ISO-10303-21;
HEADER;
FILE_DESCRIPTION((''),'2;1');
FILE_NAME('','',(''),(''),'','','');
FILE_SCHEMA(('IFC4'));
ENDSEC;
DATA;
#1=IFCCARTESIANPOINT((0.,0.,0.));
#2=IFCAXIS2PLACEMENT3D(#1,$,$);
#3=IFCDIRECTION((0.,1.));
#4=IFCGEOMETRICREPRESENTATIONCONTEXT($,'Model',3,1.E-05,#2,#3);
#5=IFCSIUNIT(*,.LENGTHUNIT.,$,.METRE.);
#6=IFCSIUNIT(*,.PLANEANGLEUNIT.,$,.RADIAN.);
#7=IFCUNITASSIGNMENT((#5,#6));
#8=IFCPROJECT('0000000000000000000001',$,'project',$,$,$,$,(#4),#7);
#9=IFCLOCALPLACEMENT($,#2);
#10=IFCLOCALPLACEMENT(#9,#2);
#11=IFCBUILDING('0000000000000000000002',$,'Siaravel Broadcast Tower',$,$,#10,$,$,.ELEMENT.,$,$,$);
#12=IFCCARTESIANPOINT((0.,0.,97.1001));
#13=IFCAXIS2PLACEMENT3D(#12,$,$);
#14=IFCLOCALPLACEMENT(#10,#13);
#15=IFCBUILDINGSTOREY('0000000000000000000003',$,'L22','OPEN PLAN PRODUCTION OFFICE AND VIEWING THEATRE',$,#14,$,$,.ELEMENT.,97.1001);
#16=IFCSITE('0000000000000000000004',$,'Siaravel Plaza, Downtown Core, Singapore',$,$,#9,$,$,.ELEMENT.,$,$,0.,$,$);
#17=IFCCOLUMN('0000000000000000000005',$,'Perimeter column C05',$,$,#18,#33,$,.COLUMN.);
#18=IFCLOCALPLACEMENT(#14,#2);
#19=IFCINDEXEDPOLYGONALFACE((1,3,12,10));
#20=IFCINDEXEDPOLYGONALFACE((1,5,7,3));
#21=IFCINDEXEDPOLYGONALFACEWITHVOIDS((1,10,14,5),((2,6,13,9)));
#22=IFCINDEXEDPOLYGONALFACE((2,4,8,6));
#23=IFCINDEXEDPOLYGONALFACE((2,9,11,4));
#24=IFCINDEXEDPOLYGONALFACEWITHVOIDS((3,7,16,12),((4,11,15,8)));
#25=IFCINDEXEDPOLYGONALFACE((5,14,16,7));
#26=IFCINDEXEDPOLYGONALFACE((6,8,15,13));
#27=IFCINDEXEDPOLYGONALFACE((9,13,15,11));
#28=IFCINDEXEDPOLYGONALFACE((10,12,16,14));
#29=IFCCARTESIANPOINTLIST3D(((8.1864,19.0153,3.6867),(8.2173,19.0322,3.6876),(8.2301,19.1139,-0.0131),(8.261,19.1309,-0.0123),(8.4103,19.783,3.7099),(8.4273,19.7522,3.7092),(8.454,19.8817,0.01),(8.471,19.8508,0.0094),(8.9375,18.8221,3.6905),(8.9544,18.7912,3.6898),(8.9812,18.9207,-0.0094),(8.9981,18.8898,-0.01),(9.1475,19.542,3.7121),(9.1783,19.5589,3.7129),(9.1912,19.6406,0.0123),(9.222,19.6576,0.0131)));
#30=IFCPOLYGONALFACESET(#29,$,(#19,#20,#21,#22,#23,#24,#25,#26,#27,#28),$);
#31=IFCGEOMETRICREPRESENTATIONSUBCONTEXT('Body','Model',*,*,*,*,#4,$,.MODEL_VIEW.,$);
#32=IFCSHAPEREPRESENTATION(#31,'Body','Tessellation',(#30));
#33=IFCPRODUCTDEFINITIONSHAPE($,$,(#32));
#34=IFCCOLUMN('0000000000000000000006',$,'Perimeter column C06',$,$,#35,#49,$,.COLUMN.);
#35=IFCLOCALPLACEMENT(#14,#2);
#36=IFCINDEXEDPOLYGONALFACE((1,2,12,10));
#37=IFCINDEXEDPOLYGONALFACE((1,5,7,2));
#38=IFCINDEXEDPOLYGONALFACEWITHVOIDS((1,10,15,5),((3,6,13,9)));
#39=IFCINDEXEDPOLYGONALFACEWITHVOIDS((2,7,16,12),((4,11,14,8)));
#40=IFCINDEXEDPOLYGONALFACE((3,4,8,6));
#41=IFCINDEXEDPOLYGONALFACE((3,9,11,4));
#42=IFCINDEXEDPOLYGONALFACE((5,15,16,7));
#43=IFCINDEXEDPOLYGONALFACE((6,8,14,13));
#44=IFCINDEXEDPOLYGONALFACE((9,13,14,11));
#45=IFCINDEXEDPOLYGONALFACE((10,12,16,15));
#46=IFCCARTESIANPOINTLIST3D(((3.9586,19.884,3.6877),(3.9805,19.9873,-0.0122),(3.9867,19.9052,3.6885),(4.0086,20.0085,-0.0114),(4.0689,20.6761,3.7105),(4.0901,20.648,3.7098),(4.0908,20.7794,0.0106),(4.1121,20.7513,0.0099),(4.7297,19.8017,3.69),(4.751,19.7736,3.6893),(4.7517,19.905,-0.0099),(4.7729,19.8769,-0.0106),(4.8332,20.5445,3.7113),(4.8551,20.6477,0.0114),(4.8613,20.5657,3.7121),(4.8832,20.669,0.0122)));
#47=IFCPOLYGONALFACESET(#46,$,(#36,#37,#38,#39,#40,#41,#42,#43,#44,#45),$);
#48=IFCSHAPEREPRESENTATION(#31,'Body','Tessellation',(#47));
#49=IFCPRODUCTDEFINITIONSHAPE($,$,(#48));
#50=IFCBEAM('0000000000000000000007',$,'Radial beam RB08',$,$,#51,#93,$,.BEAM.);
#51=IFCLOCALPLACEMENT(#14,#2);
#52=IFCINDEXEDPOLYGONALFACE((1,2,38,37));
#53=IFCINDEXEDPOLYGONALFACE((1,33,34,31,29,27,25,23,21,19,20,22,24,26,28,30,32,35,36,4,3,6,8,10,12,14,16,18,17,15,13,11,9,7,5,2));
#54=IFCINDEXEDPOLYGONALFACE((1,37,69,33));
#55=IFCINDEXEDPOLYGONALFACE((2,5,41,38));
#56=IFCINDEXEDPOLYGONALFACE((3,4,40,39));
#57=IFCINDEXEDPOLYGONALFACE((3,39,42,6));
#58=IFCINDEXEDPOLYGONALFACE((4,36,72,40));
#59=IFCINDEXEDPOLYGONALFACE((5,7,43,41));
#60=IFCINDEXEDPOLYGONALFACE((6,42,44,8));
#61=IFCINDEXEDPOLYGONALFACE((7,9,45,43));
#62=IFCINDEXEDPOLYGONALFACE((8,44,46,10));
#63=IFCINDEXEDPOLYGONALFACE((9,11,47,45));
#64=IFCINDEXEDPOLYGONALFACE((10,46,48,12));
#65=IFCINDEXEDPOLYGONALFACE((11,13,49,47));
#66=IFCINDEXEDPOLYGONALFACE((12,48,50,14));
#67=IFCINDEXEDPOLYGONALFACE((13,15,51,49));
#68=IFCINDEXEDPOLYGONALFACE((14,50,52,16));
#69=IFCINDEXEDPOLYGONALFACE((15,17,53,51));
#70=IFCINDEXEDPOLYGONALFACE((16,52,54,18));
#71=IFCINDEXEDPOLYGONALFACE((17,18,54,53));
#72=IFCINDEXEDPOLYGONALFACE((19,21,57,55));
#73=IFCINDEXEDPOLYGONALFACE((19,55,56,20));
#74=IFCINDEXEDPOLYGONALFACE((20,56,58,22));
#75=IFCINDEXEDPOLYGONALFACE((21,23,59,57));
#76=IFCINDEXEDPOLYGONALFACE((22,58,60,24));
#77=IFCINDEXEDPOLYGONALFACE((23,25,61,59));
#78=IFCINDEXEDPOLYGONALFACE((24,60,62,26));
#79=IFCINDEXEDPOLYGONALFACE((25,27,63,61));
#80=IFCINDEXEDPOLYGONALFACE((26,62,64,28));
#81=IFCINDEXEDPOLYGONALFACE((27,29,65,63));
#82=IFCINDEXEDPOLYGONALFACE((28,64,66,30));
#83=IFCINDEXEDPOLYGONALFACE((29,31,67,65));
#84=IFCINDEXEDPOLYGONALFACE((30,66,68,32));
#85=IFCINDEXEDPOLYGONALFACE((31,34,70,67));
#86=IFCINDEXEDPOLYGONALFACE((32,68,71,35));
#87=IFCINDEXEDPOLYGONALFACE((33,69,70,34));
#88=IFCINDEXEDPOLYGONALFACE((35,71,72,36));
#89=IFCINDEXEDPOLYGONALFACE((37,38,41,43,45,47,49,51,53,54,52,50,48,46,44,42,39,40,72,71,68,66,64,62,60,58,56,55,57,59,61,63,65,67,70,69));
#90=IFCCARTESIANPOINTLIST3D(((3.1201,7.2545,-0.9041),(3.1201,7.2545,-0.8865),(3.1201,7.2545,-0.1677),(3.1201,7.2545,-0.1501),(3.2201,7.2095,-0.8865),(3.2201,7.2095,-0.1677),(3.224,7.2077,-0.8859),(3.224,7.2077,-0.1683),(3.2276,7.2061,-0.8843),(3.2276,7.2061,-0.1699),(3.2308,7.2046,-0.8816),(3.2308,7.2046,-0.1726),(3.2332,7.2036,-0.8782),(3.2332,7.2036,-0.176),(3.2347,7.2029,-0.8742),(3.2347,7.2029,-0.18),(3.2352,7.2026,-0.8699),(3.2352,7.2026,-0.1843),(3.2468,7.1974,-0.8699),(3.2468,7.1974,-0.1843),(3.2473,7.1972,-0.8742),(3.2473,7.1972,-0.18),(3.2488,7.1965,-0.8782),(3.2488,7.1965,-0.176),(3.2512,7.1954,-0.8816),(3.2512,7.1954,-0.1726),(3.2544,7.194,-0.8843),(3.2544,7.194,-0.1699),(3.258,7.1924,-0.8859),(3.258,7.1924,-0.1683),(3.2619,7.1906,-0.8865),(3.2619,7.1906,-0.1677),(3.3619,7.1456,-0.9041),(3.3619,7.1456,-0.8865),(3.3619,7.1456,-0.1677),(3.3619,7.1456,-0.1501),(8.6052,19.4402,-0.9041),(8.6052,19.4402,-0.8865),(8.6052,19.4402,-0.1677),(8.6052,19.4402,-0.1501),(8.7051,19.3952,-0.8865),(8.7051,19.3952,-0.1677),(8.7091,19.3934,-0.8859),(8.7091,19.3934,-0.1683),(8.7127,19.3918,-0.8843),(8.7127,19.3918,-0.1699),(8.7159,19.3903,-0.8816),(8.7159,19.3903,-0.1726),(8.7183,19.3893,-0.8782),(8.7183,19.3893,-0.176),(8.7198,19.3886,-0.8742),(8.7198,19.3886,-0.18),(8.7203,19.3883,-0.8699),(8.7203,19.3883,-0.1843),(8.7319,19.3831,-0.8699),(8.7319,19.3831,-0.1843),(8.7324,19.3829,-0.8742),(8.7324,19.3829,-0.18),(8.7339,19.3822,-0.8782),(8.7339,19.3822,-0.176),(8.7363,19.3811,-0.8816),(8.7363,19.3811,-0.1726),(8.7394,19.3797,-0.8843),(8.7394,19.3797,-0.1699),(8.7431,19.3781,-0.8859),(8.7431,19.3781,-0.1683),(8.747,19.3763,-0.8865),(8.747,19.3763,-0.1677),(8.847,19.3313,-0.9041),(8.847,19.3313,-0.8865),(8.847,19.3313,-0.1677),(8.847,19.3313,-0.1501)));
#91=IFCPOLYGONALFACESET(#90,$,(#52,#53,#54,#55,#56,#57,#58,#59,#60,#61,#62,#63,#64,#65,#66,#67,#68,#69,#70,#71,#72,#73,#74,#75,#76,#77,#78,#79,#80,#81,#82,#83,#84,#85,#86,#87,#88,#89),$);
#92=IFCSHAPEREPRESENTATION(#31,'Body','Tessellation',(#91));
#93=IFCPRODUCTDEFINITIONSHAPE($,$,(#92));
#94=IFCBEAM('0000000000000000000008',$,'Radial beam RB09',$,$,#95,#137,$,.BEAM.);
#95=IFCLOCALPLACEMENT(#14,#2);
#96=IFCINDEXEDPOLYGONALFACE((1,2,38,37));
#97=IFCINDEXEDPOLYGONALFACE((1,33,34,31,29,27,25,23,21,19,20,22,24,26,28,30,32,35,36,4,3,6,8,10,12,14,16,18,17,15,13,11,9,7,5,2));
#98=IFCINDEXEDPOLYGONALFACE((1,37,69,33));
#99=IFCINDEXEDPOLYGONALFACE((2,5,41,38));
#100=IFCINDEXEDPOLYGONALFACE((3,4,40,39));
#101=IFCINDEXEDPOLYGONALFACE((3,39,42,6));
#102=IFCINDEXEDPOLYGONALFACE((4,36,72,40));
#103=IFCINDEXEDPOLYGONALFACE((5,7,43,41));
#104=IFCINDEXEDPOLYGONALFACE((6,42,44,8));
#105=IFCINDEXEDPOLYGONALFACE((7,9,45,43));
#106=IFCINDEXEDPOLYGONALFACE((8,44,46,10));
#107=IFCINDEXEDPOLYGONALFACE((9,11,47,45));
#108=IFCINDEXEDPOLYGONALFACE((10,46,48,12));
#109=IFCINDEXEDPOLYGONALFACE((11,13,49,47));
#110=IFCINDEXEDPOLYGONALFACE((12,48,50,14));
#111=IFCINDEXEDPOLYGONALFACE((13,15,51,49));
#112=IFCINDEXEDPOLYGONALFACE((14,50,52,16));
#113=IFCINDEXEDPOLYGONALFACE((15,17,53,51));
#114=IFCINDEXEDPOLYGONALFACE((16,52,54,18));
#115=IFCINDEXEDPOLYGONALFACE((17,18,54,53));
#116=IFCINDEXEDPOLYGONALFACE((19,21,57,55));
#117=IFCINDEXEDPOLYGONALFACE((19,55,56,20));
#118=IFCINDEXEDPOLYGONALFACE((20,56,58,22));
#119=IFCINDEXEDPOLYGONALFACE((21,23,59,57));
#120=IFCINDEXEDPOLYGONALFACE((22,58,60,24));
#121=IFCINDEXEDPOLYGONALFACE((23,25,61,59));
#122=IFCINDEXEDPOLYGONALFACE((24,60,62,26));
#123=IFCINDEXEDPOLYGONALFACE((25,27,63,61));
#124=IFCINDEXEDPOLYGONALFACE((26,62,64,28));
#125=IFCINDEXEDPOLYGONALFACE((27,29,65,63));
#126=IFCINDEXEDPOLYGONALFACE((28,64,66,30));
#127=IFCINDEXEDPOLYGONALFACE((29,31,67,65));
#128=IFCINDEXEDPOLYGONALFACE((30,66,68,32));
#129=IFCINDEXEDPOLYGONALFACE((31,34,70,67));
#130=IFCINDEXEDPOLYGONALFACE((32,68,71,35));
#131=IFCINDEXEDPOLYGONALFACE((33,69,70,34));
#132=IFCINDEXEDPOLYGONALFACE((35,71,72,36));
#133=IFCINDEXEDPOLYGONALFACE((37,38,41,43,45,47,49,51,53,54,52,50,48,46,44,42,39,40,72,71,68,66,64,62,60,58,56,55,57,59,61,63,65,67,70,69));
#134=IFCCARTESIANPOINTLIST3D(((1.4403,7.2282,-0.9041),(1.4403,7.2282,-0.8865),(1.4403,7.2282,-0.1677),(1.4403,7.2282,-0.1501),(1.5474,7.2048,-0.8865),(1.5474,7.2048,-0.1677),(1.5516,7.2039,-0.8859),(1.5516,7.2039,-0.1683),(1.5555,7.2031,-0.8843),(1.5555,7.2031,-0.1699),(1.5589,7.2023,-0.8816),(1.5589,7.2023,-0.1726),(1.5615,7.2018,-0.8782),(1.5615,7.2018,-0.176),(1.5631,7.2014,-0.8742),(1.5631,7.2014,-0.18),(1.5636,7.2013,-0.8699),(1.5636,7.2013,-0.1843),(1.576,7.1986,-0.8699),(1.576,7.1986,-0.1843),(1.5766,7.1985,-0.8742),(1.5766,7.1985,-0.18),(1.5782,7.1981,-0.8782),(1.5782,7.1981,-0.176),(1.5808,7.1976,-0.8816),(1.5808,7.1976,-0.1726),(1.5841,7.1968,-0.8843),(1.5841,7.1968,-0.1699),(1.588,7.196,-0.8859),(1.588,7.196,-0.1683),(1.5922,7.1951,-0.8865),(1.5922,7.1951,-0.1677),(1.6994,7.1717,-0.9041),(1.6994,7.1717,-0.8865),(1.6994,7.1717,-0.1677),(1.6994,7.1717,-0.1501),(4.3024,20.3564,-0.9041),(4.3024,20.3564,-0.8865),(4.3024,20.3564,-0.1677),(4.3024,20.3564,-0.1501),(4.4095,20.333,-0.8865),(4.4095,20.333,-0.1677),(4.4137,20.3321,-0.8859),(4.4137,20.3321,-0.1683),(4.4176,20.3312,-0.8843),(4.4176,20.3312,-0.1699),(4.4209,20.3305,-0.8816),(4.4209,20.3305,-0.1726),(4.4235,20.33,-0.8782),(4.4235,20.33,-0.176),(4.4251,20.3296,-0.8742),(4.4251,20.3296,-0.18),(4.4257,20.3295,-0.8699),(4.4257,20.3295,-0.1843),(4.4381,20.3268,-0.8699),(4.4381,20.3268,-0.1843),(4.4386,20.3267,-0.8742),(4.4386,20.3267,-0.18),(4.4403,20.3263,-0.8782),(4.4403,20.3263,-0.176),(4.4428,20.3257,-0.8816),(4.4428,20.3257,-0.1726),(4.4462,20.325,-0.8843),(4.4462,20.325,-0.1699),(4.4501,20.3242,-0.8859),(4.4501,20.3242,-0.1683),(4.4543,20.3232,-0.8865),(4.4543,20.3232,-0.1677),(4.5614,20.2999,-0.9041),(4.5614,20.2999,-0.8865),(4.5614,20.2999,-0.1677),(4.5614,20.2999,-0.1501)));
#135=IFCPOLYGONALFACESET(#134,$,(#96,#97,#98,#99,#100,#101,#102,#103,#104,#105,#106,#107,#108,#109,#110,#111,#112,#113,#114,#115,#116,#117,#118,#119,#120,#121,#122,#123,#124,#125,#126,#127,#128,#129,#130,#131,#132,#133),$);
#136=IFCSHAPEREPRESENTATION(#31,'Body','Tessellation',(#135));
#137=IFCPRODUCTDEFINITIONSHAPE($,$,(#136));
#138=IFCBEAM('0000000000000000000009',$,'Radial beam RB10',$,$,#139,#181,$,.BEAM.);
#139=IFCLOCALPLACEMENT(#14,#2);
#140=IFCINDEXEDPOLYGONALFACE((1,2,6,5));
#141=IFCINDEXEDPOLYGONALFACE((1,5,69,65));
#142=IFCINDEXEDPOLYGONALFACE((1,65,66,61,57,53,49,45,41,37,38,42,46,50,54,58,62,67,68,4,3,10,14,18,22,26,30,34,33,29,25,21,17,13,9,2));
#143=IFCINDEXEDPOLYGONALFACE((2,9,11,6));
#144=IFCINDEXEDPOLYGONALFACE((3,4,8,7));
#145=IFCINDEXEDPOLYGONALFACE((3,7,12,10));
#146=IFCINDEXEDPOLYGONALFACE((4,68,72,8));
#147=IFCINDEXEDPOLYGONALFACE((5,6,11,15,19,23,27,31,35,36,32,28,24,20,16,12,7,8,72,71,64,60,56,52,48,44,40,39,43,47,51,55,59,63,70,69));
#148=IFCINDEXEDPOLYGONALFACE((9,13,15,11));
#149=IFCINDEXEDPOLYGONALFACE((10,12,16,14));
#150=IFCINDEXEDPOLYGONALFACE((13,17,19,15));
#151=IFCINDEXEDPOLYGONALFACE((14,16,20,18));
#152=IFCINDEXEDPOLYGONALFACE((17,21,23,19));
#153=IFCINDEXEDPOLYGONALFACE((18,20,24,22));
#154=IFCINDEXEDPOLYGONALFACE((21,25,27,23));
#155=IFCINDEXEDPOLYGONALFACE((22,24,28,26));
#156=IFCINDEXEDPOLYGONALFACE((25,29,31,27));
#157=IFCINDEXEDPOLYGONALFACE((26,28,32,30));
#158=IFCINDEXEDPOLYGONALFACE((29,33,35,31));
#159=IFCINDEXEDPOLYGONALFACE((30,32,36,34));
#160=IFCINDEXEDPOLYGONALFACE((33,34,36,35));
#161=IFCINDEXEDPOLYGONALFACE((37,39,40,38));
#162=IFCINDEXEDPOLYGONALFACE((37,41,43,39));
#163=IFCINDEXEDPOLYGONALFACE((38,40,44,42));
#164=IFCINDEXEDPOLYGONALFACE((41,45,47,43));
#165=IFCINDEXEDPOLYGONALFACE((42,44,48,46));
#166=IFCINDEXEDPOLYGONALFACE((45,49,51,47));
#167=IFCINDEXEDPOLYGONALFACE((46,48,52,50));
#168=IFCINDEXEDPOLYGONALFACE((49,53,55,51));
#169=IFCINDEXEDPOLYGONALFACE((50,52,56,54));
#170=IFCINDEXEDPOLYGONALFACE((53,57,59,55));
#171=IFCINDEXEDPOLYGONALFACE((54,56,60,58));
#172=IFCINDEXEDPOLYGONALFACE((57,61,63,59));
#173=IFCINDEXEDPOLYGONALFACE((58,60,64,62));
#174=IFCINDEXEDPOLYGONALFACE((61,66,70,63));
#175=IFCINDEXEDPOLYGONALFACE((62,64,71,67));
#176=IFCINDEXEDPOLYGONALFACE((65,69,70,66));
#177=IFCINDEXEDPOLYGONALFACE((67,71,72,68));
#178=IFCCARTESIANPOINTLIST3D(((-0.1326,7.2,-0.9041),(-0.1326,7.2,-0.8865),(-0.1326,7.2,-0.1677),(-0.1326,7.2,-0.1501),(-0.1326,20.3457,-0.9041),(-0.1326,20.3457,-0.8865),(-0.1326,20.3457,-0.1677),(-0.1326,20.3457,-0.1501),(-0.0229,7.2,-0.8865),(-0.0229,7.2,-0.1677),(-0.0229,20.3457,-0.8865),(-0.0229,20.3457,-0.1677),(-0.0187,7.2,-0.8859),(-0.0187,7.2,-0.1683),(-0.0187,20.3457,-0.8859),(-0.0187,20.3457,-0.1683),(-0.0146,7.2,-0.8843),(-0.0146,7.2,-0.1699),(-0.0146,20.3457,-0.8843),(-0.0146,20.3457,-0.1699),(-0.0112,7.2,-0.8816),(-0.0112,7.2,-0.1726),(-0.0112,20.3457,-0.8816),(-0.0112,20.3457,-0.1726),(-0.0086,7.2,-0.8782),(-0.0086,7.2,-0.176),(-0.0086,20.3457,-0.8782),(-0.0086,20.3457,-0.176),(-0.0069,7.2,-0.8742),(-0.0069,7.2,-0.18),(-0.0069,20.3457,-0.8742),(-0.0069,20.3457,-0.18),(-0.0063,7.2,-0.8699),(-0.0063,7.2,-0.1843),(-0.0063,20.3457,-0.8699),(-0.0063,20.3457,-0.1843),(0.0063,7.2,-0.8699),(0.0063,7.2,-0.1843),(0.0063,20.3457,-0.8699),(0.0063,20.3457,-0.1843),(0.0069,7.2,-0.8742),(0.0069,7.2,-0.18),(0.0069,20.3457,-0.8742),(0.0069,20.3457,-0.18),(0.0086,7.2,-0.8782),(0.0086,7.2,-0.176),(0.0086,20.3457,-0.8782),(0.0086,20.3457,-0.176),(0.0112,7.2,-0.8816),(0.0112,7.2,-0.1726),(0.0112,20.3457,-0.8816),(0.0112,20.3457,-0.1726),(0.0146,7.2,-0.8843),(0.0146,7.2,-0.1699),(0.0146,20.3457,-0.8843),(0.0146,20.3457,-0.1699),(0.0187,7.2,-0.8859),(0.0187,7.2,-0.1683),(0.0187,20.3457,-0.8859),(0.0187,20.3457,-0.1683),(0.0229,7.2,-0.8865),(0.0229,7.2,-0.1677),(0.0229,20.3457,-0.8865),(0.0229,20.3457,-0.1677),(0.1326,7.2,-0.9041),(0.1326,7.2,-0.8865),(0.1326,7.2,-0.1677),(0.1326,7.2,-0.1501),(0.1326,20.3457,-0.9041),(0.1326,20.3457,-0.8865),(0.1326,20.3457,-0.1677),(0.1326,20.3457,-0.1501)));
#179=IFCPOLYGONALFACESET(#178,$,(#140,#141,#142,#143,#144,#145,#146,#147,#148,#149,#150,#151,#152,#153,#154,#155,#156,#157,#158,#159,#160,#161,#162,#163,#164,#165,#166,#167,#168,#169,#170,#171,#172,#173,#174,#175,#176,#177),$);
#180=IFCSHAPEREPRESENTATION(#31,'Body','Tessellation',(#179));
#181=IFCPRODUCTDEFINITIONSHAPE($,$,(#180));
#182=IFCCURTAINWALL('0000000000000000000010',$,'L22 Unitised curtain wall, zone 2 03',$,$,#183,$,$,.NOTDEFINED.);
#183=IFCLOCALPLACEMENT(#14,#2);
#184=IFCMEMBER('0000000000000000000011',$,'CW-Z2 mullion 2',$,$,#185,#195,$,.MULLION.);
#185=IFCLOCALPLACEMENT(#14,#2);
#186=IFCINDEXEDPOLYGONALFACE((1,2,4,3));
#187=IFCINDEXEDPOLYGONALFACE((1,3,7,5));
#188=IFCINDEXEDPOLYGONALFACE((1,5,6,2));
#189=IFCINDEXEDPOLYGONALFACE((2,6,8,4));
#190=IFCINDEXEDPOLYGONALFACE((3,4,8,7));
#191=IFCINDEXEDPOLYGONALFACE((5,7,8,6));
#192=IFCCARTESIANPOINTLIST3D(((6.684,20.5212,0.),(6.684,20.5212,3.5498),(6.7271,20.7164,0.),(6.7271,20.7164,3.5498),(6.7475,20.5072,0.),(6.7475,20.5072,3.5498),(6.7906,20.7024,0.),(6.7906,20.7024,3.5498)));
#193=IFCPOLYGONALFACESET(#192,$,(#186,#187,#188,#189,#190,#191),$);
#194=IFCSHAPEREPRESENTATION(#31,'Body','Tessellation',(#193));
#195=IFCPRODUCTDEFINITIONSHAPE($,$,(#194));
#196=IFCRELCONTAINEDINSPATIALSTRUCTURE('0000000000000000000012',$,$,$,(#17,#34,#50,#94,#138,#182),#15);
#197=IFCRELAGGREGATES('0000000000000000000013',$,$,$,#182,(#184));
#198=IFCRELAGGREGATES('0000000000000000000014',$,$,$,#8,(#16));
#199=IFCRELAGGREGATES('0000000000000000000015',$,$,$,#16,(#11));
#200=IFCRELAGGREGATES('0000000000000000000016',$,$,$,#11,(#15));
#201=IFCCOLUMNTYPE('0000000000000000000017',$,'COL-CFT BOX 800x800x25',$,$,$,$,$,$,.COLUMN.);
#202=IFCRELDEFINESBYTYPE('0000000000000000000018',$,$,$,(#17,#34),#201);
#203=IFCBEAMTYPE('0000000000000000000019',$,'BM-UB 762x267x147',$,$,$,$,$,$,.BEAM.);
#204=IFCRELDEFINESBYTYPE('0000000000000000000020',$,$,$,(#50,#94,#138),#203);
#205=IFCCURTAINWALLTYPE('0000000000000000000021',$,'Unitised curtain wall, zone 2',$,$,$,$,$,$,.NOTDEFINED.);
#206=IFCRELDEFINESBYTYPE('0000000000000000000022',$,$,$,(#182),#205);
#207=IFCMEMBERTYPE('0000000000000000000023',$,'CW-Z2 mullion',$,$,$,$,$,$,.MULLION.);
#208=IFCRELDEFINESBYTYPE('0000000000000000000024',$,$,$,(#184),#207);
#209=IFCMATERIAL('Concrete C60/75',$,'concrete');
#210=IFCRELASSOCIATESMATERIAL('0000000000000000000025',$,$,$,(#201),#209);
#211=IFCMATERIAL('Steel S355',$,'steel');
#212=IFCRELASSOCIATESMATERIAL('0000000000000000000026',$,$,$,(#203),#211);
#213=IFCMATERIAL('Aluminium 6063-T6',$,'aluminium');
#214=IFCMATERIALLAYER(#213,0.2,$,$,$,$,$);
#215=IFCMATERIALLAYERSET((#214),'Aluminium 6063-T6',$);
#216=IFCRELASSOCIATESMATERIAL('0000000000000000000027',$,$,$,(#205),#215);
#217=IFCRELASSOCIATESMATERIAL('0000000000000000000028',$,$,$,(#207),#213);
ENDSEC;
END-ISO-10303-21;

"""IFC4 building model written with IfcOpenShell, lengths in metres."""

from ifc_helpers import new_model, si_unit, direction, frame, origin, origin_2d, place, context, subcontext, project, spatial, rectangle, hollow_rectangle, i_section, extrude, material, layer, layer_set, material_profile, profile_set, type_object, element, aggregate, save


model = new_model("IFC4")

# Units and contexts
model_context = context("Model", 3, precision=1e-05, world=origin(), true_north=direction((0.0, 1.0)))
body_context = subcontext(model_context, "Body", "Model", "MODEL_VIEW")
ifc_project = project(units=[si_unit("LENGTHUNIT", "METRE"), si_unit("PLANEANGLEUNIT", "RADIAN")], contexts=[model_context])

# Site, building, storey
site_placement = place(None, origin())
site = spatial("IfcSite", under=ifc_project, at=site_placement, Name="Siaravel Plaza, Downtown Core, Singapore", CompositionType="ELEMENT", RefElevation=0.0)
building_placement = place(site_placement, origin())
building = spatial("IfcBuilding", under=site, at=building_placement, Name="Siaravel Broadcast Tower", CompositionType="ELEMENT")
storey_placement = place(building_placement, frame((0.0, 0.0, 97.1001)))
storey = spatial("IfcBuildingStorey", under=building, at=storey_placement, Name="L22", Description="OPEN PLAN PRODUCTION OFFICE AND VIEWING THEATRE", CompositionType="ELEMENT", Elevation=97.1001)

# Columns
ifc_material_1 = material(Name="Concrete C60/75", Category="concrete")
ifc_material_profile_1 = material_profile(ifc_material_1, hollow_rectangle(XDim=0.8, YDim=0.8, WallThickness=0.0249, at=origin_2d()))
ifc_profile_set_1 = profile_set([ifc_material_profile_1], Name="Concrete C60/75")
column_type = type_object("IfcColumnType", Name="COL-CFT BOX 800x800x25", PredefinedType="COLUMN", material=ifc_profile_set_1)
for number, where, z_axis, x_axis, name in (
    (1, (8.7261, 19.3857, 0.0), (-0.011806, -0.026647, 0.999575), (0.95996, -0.28011, 0.003871), "Perimeter column C05"),
    (2, (4.4319, 20.3281, 0.0), (-0.005936, -0.0279, 0.999593), (0.99043, -0.138, 0.00203), "Perimeter column C06"),
):
    element("IfcColumn", number, at=place(storey_placement, frame(where, z_axis=z_axis, x_axis=x_axis)), inside=storey, type_object=column_type, Name=name, PredefinedType="COLUMN", context=body_context, shape_type="SweptSolid", body=[
        extrude(hollow_rectangle(XDim=0.8, YDim=0.8, WallThickness=0.0249, at=origin_2d()), origin(), (0.0, 0.0, 1.0), 3.7014),
    ])

# Beams
ifc_material_2 = material(Name="Steel S355", Category="steel")
ifc_material_profile_2 = material_profile(ifc_material_2, i_section(OverallWidth=0.2651, OverallDepth=0.7539, WebThickness=0.0127, FlangeThickness=0.0176, FilletRadius=0.0166, at=origin_2d()))
ifc_profile_set_2 = profile_set([ifc_material_profile_2], Name="Steel S355")
beam_type = type_object("IfcBeamType", Name="BM-UB 762x267x147", PredefinedType="BEAM", material=ifc_profile_set_2)
beam_1_placement = place(storey_placement, frame((8.7261, 19.3857, -0.5271), z_axis=(-0.410458, -0.911879, 0.0), x_axis=(0.911879, -0.410458, 0.0)))
element("IfcBeam", 3, at=beam_1_placement, inside=storey, type_object=beam_type, Name="Radial beam RB08", PredefinedType="BEAM", context=body_context, shape_type="SweptSolid", body=[
    extrude(i_section(OverallWidth=0.2651, OverallDepth=0.7539, WebThickness=0.0127, FlangeThickness=0.0176, FilletRadius=0.0166, at=origin_2d()), origin(), (0.0, 0.0, 1.0), 13.3633),
])
beam_2_placement = place(storey_placement, frame((4.4319, 20.3281, -0.5271), z_axis=(-0.213006, -0.977051, 0.0), x_axis=(0.977051, -0.213006, 0.0)))
element("IfcBeam", 4, at=beam_2_placement, inside=storey, type_object=beam_type, Name="Radial beam RB09", PredefinedType="BEAM", context=body_context, shape_type="SweptSolid", body=[
    extrude(i_section(OverallWidth=0.2651, OverallDepth=0.7539, WebThickness=0.0127, FlangeThickness=0.0176, FilletRadius=0.0166, at=origin_2d()), origin(), (0.0, 0.0, 1.0), 13.4365),
])
beam_3_placement = place(storey_placement, frame((0.0, 20.3457, -0.5271), z_axis=(0.0, -1.0, 0.0), x_axis=(1.0, 0.0, 0.0)))
element("IfcBeam", 5, at=beam_3_placement, inside=storey, type_object=beam_type, Name="Radial beam RB10", PredefinedType="BEAM", context=body_context, shape_type="SweptSolid", body=[
    extrude(i_section(OverallWidth=0.2651, OverallDepth=0.7539, WebThickness=0.0127, FlangeThickness=0.0176, FilletRadius=0.0166, at=origin_2d()), origin(), (0.0, 0.0, 1.0), 13.1458),
])

# Curtain wall, member
ifc_material_3 = material(Name="Aluminium 6063-T6", Category="aluminium")
ifc_layer_1 = layer(ifc_material_3, 0.2)
ifc_layer_set_1 = layer_set([ifc_layer_1], Name="Aluminium 6063-T6")
curtain_wall_type = type_object("IfcCurtainWallType", Name="Unitised curtain wall, zone 2", PredefinedType="NOTDEFINED", material=ifc_layer_set_1)
curtain_wall_placement = place(storey_placement, origin())
curtain_wall = element("IfcCurtainWall", 6, at=curtain_wall_placement, inside=storey, type_object=curtain_wall_type, Name="L22 Unitised curtain wall, zone 2 03", PredefinedType="NOTDEFINED")
ifc_material_profile_3 = material_profile(ifc_material_3, rectangle(XDim=0.2, YDim=0.0649, at=origin_2d()))
ifc_profile_set_3 = profile_set([ifc_material_profile_3], Name="Aluminium 6063-T6")
member_type_1 = type_object("IfcMemberType", Name="CW-Z2 mullion", PredefinedType="MULLION", material=ifc_profile_set_3)
member_1_placement = place(storey_placement, frame((6.7373, 20.6118, 0.0), z_axis=(0.0, 0.0, 1.0), x_axis=(-0.215558, -0.976491, 0.0)))
member_1 = element("IfcMember", 7, at=member_1_placement, type_object=member_type_1, Name="CW-Z2 mullion 2", PredefinedType="MULLION", context=body_context, shape_type="SweptSolid", body=[
    extrude(rectangle(XDim=0.2, YDim=0.0649, at=origin_2d()), origin(), (0.0, 0.0, 1.0), 3.5498),
])

aggregate(curtain_wall, [member_1])

save(model, "model.ifc")
